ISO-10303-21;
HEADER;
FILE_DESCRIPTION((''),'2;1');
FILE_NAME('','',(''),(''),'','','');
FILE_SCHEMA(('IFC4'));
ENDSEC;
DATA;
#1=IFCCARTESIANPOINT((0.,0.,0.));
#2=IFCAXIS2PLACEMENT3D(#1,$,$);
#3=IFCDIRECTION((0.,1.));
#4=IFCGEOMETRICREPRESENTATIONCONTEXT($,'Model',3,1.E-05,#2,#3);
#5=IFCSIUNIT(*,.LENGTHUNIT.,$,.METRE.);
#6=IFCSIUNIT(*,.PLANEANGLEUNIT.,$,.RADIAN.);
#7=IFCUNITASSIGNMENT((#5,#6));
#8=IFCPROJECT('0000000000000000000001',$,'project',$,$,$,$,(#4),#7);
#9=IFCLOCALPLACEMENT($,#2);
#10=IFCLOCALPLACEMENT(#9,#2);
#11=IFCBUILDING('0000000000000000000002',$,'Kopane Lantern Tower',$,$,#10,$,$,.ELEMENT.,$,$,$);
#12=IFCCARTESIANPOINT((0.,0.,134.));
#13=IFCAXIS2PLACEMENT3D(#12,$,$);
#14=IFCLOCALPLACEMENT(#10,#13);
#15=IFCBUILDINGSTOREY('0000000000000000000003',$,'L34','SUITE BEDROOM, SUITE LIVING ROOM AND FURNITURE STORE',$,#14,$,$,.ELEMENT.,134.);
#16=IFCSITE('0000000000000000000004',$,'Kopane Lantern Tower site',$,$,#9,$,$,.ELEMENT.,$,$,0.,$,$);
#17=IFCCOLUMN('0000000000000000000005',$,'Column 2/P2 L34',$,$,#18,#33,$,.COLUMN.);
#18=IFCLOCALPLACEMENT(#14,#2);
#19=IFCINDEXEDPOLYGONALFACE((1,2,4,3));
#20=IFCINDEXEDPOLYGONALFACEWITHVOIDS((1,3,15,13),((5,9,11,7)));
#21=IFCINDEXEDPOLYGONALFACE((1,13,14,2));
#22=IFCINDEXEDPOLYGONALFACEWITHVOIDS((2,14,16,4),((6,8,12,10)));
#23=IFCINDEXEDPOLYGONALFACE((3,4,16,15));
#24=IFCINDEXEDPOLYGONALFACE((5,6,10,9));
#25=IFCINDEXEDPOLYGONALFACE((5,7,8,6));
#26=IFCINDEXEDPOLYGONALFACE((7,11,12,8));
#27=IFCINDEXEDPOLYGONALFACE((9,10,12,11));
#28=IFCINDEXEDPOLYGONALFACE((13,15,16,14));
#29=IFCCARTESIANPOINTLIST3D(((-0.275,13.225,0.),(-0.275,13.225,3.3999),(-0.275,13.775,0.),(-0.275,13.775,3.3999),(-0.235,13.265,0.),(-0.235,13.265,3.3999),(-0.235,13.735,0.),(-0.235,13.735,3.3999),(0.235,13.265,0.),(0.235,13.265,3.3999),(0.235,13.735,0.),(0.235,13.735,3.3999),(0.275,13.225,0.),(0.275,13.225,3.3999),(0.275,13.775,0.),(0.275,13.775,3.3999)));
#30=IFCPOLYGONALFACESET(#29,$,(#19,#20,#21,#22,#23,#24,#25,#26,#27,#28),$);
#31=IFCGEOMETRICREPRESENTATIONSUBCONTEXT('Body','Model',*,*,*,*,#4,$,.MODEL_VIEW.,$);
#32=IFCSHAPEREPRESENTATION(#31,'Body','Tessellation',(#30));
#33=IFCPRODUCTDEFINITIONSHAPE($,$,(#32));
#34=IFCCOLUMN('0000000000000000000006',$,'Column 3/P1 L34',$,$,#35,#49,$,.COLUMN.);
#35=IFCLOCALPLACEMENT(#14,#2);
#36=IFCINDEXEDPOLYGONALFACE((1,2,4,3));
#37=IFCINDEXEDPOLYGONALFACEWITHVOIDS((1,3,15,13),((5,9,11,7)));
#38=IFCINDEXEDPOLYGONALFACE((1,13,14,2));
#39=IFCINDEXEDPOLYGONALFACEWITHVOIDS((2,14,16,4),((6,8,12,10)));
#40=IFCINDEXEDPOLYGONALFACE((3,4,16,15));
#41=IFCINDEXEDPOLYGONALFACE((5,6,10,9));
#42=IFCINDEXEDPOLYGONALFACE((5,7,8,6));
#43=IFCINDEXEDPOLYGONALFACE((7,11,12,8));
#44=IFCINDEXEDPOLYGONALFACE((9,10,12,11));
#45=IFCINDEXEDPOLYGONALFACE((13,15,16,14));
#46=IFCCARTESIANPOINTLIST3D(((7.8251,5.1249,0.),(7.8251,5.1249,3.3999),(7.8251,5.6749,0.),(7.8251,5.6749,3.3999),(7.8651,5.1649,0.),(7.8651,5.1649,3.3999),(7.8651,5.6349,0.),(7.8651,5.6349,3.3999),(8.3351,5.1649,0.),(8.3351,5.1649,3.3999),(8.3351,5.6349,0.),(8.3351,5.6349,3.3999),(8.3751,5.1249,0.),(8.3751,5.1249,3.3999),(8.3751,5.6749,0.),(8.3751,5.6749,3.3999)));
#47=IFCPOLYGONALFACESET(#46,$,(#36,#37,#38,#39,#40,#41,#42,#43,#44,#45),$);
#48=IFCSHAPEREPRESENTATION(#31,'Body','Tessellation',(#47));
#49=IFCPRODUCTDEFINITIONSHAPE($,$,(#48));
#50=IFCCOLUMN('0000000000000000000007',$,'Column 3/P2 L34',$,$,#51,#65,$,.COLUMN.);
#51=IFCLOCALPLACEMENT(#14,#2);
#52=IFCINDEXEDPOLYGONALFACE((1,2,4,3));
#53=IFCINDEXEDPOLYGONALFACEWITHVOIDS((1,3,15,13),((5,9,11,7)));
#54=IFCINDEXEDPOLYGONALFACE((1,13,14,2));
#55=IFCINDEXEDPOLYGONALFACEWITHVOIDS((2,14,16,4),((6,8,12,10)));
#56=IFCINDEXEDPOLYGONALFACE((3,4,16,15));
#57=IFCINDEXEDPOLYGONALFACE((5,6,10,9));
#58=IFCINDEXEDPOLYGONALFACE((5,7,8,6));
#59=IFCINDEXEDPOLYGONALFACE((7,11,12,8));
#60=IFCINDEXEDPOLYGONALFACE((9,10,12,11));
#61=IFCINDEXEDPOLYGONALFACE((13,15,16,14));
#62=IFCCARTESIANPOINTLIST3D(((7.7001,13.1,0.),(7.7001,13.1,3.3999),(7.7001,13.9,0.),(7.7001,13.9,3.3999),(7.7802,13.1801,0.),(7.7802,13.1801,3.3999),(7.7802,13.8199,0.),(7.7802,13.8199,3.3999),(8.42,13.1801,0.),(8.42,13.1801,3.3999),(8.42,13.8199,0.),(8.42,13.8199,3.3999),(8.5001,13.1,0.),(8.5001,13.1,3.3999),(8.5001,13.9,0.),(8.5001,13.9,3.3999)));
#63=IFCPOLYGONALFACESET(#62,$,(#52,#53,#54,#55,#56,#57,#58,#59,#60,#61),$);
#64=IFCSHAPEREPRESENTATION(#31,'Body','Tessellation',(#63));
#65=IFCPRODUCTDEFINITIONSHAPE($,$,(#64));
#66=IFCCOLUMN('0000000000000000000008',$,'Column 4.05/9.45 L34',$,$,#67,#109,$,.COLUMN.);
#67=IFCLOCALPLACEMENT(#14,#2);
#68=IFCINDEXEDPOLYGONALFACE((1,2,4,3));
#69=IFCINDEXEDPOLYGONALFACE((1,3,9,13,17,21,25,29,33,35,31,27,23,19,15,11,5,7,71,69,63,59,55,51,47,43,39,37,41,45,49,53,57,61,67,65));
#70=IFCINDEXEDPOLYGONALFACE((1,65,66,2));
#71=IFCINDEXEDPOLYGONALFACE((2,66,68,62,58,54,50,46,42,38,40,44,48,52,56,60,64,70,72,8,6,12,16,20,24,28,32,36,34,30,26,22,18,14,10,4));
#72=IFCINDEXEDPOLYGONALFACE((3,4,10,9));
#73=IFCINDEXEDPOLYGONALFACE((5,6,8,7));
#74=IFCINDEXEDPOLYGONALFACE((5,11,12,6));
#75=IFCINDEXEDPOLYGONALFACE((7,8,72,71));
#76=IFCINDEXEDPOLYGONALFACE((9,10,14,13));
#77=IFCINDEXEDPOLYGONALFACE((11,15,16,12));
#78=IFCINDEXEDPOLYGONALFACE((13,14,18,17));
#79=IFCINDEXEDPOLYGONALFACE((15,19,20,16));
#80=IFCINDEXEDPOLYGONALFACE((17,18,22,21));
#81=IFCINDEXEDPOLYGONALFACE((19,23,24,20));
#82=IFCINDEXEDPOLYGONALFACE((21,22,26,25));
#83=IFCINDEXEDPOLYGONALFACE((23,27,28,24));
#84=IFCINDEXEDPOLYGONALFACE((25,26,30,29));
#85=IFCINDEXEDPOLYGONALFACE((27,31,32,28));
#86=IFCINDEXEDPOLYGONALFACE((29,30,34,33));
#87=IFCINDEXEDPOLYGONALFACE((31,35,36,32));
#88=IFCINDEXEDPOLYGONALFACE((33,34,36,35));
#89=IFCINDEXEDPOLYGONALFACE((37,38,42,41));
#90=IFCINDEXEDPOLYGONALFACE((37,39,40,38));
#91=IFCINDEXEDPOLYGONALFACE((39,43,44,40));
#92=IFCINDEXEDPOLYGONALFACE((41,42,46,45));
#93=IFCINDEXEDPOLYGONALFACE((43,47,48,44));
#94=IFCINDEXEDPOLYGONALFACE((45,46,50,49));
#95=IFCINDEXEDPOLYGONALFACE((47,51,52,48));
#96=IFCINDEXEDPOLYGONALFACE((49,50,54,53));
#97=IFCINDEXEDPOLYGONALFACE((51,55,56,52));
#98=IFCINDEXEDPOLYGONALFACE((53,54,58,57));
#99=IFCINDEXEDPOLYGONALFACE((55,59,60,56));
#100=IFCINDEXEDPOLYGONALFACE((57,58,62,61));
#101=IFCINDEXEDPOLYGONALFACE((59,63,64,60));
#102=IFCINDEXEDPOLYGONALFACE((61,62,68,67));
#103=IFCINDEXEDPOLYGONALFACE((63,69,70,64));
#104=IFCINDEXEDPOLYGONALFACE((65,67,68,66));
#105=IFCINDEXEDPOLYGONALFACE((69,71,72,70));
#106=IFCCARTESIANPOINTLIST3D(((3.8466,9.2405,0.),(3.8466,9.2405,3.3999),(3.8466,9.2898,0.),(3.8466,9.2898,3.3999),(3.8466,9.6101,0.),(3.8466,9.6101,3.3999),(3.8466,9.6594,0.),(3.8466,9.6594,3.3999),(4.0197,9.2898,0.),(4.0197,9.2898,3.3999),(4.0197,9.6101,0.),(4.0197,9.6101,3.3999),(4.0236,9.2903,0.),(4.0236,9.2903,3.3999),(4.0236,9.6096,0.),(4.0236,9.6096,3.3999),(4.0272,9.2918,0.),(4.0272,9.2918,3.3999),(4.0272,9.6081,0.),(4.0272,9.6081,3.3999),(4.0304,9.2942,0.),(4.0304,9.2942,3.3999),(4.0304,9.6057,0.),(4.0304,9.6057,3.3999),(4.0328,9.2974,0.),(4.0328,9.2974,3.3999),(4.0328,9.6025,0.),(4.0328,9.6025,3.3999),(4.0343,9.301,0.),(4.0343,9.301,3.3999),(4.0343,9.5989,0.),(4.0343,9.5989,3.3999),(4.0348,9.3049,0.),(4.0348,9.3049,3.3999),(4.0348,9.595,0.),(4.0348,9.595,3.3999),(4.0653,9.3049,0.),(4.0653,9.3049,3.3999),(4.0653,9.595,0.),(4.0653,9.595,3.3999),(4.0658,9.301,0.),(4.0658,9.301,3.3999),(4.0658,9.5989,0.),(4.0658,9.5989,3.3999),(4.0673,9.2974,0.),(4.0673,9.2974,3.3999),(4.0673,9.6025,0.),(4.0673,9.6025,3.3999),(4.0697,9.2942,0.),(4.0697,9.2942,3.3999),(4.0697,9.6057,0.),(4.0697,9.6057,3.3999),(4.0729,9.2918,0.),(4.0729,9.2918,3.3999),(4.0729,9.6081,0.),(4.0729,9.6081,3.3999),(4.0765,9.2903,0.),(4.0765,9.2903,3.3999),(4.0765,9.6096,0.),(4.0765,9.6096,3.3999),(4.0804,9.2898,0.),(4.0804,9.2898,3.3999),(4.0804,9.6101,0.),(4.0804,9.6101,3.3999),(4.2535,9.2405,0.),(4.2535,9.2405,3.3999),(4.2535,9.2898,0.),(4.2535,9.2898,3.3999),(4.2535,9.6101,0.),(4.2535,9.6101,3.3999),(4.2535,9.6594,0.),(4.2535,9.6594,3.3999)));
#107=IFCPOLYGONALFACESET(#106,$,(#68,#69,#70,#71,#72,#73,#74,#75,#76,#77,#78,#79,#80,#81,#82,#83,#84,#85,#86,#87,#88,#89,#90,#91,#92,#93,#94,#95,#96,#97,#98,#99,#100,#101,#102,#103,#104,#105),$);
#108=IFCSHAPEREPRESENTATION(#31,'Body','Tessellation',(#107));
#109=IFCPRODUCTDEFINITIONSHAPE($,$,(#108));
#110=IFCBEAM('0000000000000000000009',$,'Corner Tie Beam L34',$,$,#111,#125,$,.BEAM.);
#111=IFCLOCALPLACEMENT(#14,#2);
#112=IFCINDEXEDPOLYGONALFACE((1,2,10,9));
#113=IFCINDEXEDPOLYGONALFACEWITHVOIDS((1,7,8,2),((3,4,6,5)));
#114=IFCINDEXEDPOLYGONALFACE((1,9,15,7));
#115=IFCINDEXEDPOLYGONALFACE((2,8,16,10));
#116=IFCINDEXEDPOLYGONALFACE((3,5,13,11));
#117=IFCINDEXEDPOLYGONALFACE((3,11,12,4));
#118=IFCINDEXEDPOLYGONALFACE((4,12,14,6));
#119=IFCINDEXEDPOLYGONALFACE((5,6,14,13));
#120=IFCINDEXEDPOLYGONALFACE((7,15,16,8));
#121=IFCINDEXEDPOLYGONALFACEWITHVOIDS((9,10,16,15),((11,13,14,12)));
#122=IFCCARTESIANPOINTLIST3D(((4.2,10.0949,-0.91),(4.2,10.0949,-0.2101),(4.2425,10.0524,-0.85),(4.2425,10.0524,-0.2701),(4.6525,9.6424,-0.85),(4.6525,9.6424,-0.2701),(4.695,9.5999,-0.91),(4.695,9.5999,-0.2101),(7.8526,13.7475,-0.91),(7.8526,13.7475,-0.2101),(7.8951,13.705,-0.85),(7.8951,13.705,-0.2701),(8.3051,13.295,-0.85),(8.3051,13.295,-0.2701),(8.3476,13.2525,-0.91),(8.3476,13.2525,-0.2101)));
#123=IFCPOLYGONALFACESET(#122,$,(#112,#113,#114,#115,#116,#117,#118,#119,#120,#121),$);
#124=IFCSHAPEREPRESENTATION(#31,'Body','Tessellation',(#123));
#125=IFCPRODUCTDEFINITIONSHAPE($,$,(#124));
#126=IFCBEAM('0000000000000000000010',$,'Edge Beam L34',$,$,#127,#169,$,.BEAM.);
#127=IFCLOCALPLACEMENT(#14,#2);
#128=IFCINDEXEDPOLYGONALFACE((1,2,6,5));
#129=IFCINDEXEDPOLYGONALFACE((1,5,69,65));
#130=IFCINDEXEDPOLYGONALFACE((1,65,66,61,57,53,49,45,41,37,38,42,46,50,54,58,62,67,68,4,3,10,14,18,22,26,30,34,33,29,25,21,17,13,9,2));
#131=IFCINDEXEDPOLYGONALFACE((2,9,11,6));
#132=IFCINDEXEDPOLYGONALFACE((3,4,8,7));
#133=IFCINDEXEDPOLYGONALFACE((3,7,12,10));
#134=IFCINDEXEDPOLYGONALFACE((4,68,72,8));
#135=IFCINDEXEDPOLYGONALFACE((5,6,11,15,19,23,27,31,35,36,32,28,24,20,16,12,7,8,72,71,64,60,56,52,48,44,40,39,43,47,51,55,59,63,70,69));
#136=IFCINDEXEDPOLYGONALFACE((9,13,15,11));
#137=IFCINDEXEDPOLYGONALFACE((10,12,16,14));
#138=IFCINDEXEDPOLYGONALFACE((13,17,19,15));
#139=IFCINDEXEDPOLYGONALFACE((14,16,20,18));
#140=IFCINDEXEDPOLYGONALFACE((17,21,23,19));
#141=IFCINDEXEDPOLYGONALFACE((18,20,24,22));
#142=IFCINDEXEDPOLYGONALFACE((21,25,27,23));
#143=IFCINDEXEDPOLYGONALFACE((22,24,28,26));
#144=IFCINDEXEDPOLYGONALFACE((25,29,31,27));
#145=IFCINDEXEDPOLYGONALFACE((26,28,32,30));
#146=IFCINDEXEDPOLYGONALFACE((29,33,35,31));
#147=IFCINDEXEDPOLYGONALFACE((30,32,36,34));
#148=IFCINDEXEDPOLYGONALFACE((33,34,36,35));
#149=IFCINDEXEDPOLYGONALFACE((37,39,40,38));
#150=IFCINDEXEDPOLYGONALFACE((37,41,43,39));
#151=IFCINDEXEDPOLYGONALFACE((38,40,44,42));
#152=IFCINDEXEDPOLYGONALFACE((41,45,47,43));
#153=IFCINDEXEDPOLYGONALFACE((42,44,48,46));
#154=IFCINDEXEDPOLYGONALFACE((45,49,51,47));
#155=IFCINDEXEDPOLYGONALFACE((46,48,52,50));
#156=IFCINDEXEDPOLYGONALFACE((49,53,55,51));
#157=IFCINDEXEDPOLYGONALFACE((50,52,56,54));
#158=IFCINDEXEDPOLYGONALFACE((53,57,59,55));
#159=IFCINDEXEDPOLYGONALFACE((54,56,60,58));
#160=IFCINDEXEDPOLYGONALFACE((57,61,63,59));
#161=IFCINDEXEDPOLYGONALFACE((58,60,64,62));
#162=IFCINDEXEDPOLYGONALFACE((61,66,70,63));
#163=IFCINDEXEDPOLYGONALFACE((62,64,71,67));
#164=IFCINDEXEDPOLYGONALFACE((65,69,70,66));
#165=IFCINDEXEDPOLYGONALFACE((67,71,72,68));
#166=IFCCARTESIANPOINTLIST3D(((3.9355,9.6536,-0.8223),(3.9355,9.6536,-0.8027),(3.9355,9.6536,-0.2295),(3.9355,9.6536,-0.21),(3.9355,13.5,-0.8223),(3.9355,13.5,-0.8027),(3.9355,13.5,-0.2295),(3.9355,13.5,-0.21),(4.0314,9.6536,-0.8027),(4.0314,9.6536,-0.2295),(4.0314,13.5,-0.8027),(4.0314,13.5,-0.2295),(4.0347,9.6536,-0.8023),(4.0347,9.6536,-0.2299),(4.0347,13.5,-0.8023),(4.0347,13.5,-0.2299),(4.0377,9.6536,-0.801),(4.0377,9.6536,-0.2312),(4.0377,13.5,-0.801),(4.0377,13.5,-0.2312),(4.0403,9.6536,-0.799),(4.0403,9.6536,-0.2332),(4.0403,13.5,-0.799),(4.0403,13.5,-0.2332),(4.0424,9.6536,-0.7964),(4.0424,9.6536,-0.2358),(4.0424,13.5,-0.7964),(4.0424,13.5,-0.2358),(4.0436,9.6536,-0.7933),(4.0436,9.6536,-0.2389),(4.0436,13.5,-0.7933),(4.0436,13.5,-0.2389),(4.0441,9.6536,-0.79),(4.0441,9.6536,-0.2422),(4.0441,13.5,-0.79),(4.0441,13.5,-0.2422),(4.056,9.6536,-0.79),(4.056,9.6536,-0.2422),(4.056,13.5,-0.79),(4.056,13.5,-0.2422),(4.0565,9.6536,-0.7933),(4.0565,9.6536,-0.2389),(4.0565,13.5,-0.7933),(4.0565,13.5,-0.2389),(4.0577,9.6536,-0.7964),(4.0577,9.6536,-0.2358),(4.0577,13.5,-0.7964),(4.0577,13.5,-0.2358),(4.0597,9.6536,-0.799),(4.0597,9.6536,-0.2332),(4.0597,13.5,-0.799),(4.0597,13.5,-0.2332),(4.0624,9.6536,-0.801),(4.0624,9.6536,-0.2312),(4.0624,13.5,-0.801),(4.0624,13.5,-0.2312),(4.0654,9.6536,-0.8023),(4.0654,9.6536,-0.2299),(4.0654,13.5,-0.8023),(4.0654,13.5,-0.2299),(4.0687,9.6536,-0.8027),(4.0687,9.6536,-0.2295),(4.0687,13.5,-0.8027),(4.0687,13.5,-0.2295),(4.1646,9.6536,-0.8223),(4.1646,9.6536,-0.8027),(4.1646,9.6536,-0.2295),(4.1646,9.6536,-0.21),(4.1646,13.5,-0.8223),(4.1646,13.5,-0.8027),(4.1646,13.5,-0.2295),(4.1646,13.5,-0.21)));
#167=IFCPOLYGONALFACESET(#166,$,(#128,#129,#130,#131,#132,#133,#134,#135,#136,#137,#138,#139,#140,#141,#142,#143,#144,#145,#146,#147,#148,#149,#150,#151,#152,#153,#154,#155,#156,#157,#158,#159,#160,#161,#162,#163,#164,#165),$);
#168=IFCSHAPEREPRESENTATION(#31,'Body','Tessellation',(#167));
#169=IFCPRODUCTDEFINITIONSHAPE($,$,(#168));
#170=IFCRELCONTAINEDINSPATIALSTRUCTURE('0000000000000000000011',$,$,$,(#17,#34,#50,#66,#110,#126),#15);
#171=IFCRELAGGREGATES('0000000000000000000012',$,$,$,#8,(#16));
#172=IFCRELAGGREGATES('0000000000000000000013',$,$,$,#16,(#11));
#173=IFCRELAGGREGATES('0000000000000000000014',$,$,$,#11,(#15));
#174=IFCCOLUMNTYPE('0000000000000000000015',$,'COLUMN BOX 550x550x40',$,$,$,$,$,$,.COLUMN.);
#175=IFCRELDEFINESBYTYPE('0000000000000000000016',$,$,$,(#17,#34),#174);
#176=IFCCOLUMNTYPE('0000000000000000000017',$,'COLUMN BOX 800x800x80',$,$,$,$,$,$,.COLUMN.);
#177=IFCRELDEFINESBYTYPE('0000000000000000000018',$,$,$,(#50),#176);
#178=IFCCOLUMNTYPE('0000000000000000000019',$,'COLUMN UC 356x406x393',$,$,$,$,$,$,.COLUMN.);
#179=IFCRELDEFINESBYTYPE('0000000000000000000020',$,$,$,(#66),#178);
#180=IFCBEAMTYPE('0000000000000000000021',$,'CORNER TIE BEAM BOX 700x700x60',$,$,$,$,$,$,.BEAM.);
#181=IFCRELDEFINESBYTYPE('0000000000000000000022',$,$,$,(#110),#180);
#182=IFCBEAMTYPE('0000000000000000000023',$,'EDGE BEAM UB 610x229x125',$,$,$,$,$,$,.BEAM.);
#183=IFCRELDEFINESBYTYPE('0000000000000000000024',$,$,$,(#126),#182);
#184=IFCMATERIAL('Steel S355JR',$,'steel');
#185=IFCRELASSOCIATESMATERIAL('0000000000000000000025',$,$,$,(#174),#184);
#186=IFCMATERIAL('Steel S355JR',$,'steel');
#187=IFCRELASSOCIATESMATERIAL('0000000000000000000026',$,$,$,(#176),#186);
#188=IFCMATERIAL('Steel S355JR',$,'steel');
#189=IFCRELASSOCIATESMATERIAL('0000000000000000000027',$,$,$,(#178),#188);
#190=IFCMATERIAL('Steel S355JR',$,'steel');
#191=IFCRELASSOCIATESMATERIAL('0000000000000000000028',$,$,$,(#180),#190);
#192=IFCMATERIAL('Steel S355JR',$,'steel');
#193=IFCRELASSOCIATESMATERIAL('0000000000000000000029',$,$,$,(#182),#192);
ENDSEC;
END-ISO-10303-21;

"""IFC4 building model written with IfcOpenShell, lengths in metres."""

from ifc_helpers import new_model, si_unit, direction, frame, origin, origin_2d, place, context, subcontext, project, spatial, hollow_rectangle, i_section, extrude, material, material_profile, profile_set, type_object, element, save


model = new_model("IFC4")

# Units and contexts
model_context = context("Model", 3, precision=1e-05, world=origin(), true_north=direction((0.0, 1.0)))
body_context = subcontext(model_context, "Body", "Model", "MODEL_VIEW")
ifc_project = project(units=[si_unit("LENGTHUNIT", "METRE"), si_unit("PLANEANGLEUNIT", "RADIAN")], contexts=[model_context])

# Site, building, storey
site_placement = place(None, origin())
site = spatial("IfcSite", under=ifc_project, at=site_placement, Name="Kopane Lantern Tower site", CompositionType="ELEMENT", RefElevation=0.0)
building_placement = place(site_placement, origin())
building = spatial("IfcBuilding", under=site, at=building_placement, Name="Kopane Lantern Tower", CompositionType="ELEMENT")
storey_placement = place(building_placement, frame((0.0, 0.0, 134.0)))
storey = spatial("IfcBuildingStorey", under=building, at=storey_placement, Name="L34", Description="SUITE BEDROOM, SUITE LIVING ROOM AND FURNITURE STORE", CompositionType="ELEMENT", Elevation=134.0)

# Columns
ifc_material_1 = material(Name="Steel S355JR", Category="steel")
ifc_material_profile_1 = material_profile(ifc_material_1, hollow_rectangle(XDim=0.55, YDim=0.55, WallThickness=0.04, at=origin_2d()), Name="BOX 550x550x40")
ifc_profile_set_1 = profile_set([ifc_material_profile_1], Name="Steel S355JR")
column_type_1 = type_object("IfcColumnType", Name="COLUMN BOX 550x550x40", PredefinedType="COLUMN", material=ifc_profile_set_1)
for number, where, z_axis, x_axis, name in (
    (1, (0.0, 13.5, 0.0), (0.0, 0.0, 1.0), (1.0, 0.0, 0.0), "Column 2/P2 L34"),
    (2, (8.1001, 5.3999, 0.0), (0.0, 0.0, 1.0), (1.0, 0.0, 0.0), "Column 3/P1 L34"),
):
    element("IfcColumn", number, at=place(storey_placement, frame(where, z_axis=z_axis, x_axis=x_axis)), inside=storey, type_object=column_type_1, Name=name, PredefinedType="COLUMN", context=body_context, shape_type="SweptSolid", body=[
        extrude(hollow_rectangle(XDim=0.55, YDim=0.55, WallThickness=0.04, at=origin_2d()), origin(), (0.0, 0.0, 1.0), 3.3999),
    ])
ifc_material_2 = material(Name="Steel S355JR", Category="steel")
ifc_material_profile_2 = material_profile(ifc_material_2, hollow_rectangle(XDim=0.8, YDim=0.8, WallThickness=0.0801, at=origin_2d()), Name="BOX 800x800x80")
ifc_profile_set_2 = profile_set([ifc_material_profile_2], Name="Steel S355JR")
column_type_2 = type_object("IfcColumnType", Name="COLUMN BOX 800x800x80", PredefinedType="COLUMN", material=ifc_profile_set_2)
column_1_placement = place(storey_placement, frame((8.1001, 13.5, 0.0), z_axis=(0.0, 0.0, 1.0), x_axis=(1.0, 0.0, 0.0)))
element("IfcColumn", 3, at=column_1_placement, inside=storey, type_object=column_type_2, Name="Column 3/P2 L34", PredefinedType="COLUMN", context=body_context, shape_type="SweptSolid", body=[
    extrude(hollow_rectangle(XDim=0.8, YDim=0.8, WallThickness=0.0801, at=origin_2d()), origin(), (0.0, 0.0, 1.0), 3.3999),
])
ifc_material_3 = material(Name="Steel S355JR", Category="steel")
ifc_material_profile_3 = material_profile(ifc_material_3, i_section(OverallWidth=0.407, OverallDepth=0.4189, WebThickness=0.0305, FlangeThickness=0.0493, FilletRadius=0.0151, at=origin_2d()), Name="UC 356x406x393")
ifc_profile_set_3 = profile_set([ifc_material_profile_3], Name="Steel S355JR")
column_type_3 = type_object("IfcColumnType", Name="COLUMN UC 356x406x393", PredefinedType="COLUMN", material=ifc_profile_set_3)
column_2_placement = place(storey_placement, frame((4.05, 9.45, 0.0), z_axis=(0.0, 0.0, 1.0), x_axis=(1.0, 0.0, 0.0)))
element("IfcColumn", 4, at=column_2_placement, inside=storey, type_object=column_type_3, Name="Column 4.05/9.45 L34", PredefinedType="COLUMN", context=body_context, shape_type="SweptSolid", body=[
    extrude(i_section(OverallWidth=0.407, OverallDepth=0.4189, WebThickness=0.0305, FlangeThickness=0.0493, FilletRadius=0.0151, at=origin_2d()), origin(), (0.0, 0.0, 1.0), 3.3999),
])

# Beams
ifc_material_4 = material(Name="Steel S355JR", Category="steel")
ifc_material_profile_4 = material_profile(ifc_material_4, hollow_rectangle(XDim=0.7, YDim=0.7, WallThickness=0.0601, at=origin_2d()), Name="BOX 700x700x60")
ifc_profile_set_4 = profile_set([ifc_material_profile_4], Name="Steel S355JR")
beam_type_1 = type_object("IfcBeamType", Name="CORNER TIE BEAM BOX 700x700x60", PredefinedType="BEAM", material=ifc_profile_set_4)
beam_1_placement = place(storey_placement, frame((4.4475, 9.8474, -0.5601), z_axis=(0.707107, 0.707107, 0.0), x_axis=(-0.707107, 0.707107, 0.0)))
element("IfcBeam", 5, at=beam_1_placement, inside=storey, type_object=beam_type_1, Name="Corner Tie Beam L34", PredefinedType="BEAM", context=body_context, shape_type="SweptSolid", body=[
    extrude(hollow_rectangle(XDim=0.7, YDim=0.7, WallThickness=0.0601, at=origin_2d()), origin(), (0.0, 0.0, 1.0), 5.1655),
])
ifc_material_5 = material(Name="Steel S355JR", Category="steel")
ifc_material_profile_5 = material_profile(ifc_material_5, i_section(OverallWidth=0.229, OverallDepth=0.6123, WebThickness=0.012, FlangeThickness=0.0195, FilletRadius=0.0127, at=origin_2d()), Name="UB 610x229x125")
ifc_profile_set_5 = profile_set([ifc_material_profile_5], Name="Steel S355JR")
beam_type_2 = type_object("IfcBeamType", Name="EDGE BEAM UB 610x229x125", PredefinedType="BEAM", material=ifc_profile_set_5)
beam_2_placement = place(storey_placement, frame((4.05, 9.6536, -0.5161), z_axis=(0.0, 1.0, 0.0), x_axis=(-1.0, 0.0, 0.0)))
element("IfcBeam", 6, at=beam_2_placement, inside=storey, type_object=beam_type_2, Name="Edge Beam L34", PredefinedType="BEAM", context=body_context, shape_type="SweptSolid", body=[
    extrude(i_section(OverallWidth=0.229, OverallDepth=0.6123, WebThickness=0.012, FlangeThickness=0.0195, FilletRadius=0.0127, at=origin_2d()), origin(), (0.0, 0.0, 1.0), 3.8464),
])

save(model, "model.ifc")
